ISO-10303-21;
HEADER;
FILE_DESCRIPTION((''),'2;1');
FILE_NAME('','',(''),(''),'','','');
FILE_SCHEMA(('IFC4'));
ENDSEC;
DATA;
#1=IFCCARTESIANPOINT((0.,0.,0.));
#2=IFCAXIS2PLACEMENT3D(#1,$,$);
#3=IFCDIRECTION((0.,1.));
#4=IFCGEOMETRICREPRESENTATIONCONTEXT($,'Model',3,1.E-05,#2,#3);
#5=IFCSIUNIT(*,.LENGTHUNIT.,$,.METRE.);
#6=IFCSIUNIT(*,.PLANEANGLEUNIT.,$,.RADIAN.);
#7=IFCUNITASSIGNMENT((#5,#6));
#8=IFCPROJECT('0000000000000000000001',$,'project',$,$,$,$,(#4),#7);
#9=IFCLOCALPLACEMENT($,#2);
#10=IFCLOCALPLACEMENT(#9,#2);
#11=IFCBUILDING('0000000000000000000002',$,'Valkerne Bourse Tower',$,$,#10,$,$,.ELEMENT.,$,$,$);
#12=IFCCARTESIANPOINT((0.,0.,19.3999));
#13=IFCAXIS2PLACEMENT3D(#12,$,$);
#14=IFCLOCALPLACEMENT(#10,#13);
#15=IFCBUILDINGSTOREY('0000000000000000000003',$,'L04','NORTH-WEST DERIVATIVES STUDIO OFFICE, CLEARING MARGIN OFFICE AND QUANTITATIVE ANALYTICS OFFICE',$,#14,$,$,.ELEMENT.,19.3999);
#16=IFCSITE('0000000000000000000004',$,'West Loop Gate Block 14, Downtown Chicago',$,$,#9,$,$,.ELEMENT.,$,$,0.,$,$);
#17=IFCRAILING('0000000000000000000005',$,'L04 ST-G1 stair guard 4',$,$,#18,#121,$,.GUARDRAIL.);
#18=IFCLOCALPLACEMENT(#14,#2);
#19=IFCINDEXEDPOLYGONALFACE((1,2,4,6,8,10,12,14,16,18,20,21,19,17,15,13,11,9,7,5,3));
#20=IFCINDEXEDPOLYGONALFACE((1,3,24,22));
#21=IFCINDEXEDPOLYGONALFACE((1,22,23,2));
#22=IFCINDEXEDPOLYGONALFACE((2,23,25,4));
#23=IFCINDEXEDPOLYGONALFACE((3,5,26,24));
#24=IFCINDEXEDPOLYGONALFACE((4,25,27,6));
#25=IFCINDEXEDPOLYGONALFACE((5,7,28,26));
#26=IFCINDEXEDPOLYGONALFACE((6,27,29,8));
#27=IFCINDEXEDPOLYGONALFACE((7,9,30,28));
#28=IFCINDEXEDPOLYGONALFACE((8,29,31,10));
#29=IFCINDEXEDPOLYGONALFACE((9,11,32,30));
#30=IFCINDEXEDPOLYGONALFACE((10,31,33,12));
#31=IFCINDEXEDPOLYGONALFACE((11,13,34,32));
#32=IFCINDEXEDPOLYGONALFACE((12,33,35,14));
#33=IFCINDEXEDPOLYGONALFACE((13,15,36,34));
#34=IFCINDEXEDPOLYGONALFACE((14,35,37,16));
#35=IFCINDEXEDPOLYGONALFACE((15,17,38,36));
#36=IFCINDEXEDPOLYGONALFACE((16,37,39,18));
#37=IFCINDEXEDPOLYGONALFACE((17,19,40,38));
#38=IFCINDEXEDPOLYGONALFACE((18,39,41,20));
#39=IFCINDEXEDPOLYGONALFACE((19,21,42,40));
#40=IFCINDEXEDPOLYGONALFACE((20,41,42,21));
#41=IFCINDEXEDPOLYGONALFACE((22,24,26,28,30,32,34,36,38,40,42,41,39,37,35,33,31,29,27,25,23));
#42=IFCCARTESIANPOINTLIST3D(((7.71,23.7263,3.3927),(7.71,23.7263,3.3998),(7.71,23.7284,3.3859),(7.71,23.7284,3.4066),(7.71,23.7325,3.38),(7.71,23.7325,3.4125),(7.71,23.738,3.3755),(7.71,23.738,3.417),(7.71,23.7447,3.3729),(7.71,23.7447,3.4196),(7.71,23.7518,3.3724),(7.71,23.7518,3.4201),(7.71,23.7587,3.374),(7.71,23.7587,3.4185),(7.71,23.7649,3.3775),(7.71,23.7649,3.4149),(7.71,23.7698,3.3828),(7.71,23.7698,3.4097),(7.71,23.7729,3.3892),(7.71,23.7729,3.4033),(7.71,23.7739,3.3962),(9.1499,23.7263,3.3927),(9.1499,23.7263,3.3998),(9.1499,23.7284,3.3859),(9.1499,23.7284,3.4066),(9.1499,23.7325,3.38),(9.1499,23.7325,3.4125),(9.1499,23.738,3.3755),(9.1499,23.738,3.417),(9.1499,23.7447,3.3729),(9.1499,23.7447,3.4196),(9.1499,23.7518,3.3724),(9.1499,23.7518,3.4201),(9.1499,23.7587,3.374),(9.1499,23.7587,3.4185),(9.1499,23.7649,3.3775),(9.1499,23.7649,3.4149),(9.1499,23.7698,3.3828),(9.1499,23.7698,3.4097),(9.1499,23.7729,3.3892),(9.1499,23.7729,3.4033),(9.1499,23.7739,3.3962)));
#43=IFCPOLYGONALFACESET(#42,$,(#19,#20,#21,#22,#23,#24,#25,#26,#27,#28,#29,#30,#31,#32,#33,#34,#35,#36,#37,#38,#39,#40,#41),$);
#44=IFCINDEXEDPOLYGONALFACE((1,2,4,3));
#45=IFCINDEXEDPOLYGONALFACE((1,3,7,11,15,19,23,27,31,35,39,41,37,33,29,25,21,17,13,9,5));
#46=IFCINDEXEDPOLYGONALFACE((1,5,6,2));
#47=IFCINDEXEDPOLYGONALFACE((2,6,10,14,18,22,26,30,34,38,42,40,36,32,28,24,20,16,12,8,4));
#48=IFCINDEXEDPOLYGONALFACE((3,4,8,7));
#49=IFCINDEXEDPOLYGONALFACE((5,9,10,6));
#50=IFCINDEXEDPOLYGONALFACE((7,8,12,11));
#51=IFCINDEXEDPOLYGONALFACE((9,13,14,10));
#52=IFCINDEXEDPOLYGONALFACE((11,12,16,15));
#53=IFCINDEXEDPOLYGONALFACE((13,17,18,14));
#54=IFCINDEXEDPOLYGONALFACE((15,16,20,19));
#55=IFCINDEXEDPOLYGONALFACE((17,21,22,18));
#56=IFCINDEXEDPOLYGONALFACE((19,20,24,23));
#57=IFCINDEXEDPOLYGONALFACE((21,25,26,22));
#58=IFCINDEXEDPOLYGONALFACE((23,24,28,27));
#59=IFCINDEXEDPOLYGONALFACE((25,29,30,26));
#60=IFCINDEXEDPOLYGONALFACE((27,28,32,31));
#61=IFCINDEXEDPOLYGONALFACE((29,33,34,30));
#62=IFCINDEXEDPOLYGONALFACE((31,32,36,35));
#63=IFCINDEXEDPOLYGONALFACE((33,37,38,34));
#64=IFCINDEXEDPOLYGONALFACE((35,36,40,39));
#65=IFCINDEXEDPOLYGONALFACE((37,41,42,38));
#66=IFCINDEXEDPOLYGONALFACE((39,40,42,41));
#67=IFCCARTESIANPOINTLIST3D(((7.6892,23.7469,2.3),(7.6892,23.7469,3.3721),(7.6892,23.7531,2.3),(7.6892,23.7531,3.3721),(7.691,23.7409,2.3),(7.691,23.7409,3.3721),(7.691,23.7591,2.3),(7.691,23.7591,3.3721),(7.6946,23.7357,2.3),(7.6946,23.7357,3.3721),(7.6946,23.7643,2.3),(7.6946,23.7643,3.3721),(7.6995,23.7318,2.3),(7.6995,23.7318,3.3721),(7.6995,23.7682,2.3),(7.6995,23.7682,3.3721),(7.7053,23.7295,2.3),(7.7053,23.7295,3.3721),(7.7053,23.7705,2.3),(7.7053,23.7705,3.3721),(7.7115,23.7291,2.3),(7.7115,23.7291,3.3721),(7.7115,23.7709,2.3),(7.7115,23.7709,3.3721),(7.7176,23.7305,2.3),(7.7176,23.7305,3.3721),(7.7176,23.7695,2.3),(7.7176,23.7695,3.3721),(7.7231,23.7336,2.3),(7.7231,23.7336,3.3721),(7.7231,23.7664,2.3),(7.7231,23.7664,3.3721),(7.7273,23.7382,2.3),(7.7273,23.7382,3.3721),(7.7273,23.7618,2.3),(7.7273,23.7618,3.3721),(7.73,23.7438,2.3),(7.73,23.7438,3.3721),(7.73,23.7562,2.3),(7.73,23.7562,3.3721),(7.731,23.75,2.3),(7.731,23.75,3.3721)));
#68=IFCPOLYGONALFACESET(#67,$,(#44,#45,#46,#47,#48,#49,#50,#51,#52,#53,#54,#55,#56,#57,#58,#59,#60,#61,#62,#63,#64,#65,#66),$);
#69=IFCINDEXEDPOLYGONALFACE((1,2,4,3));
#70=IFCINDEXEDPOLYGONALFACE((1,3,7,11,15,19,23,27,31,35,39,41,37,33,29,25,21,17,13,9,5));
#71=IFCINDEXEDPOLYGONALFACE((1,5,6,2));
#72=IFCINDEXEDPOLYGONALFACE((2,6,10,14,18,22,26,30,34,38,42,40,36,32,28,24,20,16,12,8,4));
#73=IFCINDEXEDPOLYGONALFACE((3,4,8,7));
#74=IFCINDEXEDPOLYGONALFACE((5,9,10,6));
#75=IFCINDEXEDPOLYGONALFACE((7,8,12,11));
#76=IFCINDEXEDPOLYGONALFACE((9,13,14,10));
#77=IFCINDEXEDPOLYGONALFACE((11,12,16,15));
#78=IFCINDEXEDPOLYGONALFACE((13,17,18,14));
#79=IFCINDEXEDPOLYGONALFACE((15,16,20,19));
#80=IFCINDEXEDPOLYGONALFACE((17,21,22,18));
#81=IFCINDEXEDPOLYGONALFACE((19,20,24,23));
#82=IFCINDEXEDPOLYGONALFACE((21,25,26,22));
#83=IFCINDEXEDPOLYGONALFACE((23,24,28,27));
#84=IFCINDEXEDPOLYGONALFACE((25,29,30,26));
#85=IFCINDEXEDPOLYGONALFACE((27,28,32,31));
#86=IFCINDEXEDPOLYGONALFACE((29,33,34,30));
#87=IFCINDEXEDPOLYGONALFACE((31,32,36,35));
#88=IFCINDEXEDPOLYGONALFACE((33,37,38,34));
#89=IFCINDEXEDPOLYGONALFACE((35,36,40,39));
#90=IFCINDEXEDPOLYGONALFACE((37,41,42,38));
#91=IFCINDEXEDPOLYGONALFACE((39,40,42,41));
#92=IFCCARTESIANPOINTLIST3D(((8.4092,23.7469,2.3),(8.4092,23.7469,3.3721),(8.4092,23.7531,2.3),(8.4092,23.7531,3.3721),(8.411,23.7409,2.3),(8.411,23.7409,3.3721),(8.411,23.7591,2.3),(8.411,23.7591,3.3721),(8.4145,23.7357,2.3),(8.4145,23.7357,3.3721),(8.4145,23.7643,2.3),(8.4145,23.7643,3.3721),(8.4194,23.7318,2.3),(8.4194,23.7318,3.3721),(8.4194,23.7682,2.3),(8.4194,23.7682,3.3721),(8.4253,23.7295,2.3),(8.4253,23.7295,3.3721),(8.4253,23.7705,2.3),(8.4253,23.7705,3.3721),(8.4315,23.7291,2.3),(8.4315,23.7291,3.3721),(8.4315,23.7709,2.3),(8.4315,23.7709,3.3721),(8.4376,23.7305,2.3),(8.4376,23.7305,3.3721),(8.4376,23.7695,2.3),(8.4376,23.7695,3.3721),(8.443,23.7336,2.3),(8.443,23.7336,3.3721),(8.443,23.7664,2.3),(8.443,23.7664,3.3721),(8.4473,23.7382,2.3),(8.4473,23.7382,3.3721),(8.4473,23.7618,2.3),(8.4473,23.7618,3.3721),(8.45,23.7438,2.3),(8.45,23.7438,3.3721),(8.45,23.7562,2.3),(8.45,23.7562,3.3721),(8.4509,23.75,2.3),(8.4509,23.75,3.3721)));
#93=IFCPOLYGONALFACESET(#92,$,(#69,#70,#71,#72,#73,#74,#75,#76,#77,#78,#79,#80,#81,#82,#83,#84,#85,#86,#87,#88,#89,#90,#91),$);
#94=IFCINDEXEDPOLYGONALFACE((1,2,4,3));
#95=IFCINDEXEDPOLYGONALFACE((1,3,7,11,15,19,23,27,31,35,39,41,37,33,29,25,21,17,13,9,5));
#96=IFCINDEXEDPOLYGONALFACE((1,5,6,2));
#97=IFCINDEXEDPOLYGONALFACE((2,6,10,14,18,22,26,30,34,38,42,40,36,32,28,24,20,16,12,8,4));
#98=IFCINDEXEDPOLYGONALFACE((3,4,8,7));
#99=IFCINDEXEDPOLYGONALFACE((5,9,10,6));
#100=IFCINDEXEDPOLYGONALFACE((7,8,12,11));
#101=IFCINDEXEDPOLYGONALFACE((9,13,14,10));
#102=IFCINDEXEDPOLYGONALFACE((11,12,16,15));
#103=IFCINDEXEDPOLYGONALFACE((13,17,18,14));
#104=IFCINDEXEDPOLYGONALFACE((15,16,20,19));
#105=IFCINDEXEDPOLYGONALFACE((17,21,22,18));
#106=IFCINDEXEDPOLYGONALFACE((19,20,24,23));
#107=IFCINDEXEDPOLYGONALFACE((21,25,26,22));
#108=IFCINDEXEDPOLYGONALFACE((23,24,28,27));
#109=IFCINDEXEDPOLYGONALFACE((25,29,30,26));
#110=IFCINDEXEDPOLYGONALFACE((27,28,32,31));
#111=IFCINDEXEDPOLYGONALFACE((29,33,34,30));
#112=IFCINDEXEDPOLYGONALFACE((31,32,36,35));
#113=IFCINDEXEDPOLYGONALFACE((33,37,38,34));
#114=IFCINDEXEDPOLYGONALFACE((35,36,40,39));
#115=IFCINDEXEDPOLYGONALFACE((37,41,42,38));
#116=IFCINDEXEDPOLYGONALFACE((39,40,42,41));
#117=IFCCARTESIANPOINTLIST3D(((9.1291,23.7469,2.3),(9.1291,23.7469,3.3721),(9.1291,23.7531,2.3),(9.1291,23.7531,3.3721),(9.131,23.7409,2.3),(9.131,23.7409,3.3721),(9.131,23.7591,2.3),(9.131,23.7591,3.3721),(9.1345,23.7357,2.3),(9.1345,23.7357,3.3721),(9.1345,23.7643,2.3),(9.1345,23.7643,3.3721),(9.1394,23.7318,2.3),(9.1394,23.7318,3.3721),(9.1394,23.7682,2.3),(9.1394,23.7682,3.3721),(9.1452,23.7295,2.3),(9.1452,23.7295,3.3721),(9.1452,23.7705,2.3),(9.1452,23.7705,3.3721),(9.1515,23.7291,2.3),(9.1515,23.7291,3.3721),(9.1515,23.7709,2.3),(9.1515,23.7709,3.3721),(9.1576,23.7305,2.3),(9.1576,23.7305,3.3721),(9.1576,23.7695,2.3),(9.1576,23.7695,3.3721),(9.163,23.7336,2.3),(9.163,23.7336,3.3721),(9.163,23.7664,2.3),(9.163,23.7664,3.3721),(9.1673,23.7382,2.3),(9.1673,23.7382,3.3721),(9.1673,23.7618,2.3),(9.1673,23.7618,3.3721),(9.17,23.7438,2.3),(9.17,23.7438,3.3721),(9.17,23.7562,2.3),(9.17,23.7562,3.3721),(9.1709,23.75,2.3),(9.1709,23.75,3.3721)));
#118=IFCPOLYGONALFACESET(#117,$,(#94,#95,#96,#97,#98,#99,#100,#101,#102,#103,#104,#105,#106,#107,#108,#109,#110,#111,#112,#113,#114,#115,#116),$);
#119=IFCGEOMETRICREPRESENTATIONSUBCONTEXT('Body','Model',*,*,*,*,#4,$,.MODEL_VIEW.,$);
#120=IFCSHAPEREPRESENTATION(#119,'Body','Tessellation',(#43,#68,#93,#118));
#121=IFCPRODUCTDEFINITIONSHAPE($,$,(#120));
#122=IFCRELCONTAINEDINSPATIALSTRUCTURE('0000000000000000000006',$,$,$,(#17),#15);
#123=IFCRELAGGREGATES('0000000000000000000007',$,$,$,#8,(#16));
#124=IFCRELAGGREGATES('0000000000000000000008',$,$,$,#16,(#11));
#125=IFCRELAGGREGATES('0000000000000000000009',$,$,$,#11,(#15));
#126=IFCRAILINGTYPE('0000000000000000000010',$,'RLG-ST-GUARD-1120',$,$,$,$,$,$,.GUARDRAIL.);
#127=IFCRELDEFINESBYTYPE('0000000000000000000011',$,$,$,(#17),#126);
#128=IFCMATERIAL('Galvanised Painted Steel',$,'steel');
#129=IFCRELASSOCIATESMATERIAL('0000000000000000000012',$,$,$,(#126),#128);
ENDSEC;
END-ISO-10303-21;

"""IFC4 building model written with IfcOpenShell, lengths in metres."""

from ifc_helpers import new_model, si_unit, direction, frame, origin, origin_2d, place, context, subcontext, project, spatial, circle, extrude, material, type_object, element, save


model = new_model("IFC4")

# Units and contexts
model_context = context("Model", 3, precision=1e-05, world=origin(), true_north=direction((0.0, 1.0)))
body_context = subcontext(model_context, "Body", "Model", "MODEL_VIEW")
ifc_project = project(units=[si_unit("LENGTHUNIT", "METRE"), si_unit("PLANEANGLEUNIT", "RADIAN")], contexts=[model_context])

# Site, building, storey
site_placement = place(None, origin())
site = spatial("IfcSite", under=ifc_project, at=site_placement, Name="West Loop Gate Block 14, Downtown Chicago", CompositionType="ELEMENT", RefElevation=0.0)
building_placement = place(site_placement, origin())
building = spatial("IfcBuilding", under=site, at=building_placement, Name="Valkerne Bourse Tower", CompositionType="ELEMENT")
storey_placement = place(building_placement, frame((0.0, 0.0, 19.3999)))
storey = spatial("IfcBuildingStorey", under=building, at=storey_placement, Name="L04", Description="NORTH-WEST DERIVATIVES STUDIO OFFICE, CLEARING MARGIN OFFICE AND QUANTITATIVE ANALYTICS OFFICE", CompositionType="ELEMENT", Elevation=19.3999)

# Shared definitions
ifc_material_1 = material(Name="Galvanised Painted Steel", Category="steel")

# Railing
railing_type_1 = type_object("IfcRailingType", Name="RLG-ST-GUARD-1120", PredefinedType="GUARDRAIL", material=ifc_material_1)
for number, where, name in (
    (1, (7.71, 23.75, 2.3), "L04 ST-G1 stair guard 4"),
):
    element("IfcRailing", number, at=place(storey_placement, frame(where)), inside=storey, type_object=railing_type_1, Name=name, PredefinedType="GUARDRAIL", context=body_context, shape_type="SweptSolid", body=[
        extrude(circle(Radius=0.0239, at=origin_2d()), frame((0.0, 0.0, 1.0962), z_axis=(1.0, 0.0, 0.0), x_axis=(0.0, 1.0, 0.0)), (0.0, 0.0, 1.0), 1.4399),
        extrude(circle(Radius=0.021, at=origin_2d()), origin(), (0.0, 0.0, 1.0), 1.072),
        extrude(circle(Radius=0.021, at=origin_2d()), frame((0.72, 0.0, 0.0)), (0.0, 0.0, 1.0), 1.072),
        extrude(circle(Radius=0.021, at=origin_2d()), frame((1.4399, 0.0, 0.0)), (0.0, 0.0, 1.0), 1.072),
    ])

save(model, "model.ifc")
